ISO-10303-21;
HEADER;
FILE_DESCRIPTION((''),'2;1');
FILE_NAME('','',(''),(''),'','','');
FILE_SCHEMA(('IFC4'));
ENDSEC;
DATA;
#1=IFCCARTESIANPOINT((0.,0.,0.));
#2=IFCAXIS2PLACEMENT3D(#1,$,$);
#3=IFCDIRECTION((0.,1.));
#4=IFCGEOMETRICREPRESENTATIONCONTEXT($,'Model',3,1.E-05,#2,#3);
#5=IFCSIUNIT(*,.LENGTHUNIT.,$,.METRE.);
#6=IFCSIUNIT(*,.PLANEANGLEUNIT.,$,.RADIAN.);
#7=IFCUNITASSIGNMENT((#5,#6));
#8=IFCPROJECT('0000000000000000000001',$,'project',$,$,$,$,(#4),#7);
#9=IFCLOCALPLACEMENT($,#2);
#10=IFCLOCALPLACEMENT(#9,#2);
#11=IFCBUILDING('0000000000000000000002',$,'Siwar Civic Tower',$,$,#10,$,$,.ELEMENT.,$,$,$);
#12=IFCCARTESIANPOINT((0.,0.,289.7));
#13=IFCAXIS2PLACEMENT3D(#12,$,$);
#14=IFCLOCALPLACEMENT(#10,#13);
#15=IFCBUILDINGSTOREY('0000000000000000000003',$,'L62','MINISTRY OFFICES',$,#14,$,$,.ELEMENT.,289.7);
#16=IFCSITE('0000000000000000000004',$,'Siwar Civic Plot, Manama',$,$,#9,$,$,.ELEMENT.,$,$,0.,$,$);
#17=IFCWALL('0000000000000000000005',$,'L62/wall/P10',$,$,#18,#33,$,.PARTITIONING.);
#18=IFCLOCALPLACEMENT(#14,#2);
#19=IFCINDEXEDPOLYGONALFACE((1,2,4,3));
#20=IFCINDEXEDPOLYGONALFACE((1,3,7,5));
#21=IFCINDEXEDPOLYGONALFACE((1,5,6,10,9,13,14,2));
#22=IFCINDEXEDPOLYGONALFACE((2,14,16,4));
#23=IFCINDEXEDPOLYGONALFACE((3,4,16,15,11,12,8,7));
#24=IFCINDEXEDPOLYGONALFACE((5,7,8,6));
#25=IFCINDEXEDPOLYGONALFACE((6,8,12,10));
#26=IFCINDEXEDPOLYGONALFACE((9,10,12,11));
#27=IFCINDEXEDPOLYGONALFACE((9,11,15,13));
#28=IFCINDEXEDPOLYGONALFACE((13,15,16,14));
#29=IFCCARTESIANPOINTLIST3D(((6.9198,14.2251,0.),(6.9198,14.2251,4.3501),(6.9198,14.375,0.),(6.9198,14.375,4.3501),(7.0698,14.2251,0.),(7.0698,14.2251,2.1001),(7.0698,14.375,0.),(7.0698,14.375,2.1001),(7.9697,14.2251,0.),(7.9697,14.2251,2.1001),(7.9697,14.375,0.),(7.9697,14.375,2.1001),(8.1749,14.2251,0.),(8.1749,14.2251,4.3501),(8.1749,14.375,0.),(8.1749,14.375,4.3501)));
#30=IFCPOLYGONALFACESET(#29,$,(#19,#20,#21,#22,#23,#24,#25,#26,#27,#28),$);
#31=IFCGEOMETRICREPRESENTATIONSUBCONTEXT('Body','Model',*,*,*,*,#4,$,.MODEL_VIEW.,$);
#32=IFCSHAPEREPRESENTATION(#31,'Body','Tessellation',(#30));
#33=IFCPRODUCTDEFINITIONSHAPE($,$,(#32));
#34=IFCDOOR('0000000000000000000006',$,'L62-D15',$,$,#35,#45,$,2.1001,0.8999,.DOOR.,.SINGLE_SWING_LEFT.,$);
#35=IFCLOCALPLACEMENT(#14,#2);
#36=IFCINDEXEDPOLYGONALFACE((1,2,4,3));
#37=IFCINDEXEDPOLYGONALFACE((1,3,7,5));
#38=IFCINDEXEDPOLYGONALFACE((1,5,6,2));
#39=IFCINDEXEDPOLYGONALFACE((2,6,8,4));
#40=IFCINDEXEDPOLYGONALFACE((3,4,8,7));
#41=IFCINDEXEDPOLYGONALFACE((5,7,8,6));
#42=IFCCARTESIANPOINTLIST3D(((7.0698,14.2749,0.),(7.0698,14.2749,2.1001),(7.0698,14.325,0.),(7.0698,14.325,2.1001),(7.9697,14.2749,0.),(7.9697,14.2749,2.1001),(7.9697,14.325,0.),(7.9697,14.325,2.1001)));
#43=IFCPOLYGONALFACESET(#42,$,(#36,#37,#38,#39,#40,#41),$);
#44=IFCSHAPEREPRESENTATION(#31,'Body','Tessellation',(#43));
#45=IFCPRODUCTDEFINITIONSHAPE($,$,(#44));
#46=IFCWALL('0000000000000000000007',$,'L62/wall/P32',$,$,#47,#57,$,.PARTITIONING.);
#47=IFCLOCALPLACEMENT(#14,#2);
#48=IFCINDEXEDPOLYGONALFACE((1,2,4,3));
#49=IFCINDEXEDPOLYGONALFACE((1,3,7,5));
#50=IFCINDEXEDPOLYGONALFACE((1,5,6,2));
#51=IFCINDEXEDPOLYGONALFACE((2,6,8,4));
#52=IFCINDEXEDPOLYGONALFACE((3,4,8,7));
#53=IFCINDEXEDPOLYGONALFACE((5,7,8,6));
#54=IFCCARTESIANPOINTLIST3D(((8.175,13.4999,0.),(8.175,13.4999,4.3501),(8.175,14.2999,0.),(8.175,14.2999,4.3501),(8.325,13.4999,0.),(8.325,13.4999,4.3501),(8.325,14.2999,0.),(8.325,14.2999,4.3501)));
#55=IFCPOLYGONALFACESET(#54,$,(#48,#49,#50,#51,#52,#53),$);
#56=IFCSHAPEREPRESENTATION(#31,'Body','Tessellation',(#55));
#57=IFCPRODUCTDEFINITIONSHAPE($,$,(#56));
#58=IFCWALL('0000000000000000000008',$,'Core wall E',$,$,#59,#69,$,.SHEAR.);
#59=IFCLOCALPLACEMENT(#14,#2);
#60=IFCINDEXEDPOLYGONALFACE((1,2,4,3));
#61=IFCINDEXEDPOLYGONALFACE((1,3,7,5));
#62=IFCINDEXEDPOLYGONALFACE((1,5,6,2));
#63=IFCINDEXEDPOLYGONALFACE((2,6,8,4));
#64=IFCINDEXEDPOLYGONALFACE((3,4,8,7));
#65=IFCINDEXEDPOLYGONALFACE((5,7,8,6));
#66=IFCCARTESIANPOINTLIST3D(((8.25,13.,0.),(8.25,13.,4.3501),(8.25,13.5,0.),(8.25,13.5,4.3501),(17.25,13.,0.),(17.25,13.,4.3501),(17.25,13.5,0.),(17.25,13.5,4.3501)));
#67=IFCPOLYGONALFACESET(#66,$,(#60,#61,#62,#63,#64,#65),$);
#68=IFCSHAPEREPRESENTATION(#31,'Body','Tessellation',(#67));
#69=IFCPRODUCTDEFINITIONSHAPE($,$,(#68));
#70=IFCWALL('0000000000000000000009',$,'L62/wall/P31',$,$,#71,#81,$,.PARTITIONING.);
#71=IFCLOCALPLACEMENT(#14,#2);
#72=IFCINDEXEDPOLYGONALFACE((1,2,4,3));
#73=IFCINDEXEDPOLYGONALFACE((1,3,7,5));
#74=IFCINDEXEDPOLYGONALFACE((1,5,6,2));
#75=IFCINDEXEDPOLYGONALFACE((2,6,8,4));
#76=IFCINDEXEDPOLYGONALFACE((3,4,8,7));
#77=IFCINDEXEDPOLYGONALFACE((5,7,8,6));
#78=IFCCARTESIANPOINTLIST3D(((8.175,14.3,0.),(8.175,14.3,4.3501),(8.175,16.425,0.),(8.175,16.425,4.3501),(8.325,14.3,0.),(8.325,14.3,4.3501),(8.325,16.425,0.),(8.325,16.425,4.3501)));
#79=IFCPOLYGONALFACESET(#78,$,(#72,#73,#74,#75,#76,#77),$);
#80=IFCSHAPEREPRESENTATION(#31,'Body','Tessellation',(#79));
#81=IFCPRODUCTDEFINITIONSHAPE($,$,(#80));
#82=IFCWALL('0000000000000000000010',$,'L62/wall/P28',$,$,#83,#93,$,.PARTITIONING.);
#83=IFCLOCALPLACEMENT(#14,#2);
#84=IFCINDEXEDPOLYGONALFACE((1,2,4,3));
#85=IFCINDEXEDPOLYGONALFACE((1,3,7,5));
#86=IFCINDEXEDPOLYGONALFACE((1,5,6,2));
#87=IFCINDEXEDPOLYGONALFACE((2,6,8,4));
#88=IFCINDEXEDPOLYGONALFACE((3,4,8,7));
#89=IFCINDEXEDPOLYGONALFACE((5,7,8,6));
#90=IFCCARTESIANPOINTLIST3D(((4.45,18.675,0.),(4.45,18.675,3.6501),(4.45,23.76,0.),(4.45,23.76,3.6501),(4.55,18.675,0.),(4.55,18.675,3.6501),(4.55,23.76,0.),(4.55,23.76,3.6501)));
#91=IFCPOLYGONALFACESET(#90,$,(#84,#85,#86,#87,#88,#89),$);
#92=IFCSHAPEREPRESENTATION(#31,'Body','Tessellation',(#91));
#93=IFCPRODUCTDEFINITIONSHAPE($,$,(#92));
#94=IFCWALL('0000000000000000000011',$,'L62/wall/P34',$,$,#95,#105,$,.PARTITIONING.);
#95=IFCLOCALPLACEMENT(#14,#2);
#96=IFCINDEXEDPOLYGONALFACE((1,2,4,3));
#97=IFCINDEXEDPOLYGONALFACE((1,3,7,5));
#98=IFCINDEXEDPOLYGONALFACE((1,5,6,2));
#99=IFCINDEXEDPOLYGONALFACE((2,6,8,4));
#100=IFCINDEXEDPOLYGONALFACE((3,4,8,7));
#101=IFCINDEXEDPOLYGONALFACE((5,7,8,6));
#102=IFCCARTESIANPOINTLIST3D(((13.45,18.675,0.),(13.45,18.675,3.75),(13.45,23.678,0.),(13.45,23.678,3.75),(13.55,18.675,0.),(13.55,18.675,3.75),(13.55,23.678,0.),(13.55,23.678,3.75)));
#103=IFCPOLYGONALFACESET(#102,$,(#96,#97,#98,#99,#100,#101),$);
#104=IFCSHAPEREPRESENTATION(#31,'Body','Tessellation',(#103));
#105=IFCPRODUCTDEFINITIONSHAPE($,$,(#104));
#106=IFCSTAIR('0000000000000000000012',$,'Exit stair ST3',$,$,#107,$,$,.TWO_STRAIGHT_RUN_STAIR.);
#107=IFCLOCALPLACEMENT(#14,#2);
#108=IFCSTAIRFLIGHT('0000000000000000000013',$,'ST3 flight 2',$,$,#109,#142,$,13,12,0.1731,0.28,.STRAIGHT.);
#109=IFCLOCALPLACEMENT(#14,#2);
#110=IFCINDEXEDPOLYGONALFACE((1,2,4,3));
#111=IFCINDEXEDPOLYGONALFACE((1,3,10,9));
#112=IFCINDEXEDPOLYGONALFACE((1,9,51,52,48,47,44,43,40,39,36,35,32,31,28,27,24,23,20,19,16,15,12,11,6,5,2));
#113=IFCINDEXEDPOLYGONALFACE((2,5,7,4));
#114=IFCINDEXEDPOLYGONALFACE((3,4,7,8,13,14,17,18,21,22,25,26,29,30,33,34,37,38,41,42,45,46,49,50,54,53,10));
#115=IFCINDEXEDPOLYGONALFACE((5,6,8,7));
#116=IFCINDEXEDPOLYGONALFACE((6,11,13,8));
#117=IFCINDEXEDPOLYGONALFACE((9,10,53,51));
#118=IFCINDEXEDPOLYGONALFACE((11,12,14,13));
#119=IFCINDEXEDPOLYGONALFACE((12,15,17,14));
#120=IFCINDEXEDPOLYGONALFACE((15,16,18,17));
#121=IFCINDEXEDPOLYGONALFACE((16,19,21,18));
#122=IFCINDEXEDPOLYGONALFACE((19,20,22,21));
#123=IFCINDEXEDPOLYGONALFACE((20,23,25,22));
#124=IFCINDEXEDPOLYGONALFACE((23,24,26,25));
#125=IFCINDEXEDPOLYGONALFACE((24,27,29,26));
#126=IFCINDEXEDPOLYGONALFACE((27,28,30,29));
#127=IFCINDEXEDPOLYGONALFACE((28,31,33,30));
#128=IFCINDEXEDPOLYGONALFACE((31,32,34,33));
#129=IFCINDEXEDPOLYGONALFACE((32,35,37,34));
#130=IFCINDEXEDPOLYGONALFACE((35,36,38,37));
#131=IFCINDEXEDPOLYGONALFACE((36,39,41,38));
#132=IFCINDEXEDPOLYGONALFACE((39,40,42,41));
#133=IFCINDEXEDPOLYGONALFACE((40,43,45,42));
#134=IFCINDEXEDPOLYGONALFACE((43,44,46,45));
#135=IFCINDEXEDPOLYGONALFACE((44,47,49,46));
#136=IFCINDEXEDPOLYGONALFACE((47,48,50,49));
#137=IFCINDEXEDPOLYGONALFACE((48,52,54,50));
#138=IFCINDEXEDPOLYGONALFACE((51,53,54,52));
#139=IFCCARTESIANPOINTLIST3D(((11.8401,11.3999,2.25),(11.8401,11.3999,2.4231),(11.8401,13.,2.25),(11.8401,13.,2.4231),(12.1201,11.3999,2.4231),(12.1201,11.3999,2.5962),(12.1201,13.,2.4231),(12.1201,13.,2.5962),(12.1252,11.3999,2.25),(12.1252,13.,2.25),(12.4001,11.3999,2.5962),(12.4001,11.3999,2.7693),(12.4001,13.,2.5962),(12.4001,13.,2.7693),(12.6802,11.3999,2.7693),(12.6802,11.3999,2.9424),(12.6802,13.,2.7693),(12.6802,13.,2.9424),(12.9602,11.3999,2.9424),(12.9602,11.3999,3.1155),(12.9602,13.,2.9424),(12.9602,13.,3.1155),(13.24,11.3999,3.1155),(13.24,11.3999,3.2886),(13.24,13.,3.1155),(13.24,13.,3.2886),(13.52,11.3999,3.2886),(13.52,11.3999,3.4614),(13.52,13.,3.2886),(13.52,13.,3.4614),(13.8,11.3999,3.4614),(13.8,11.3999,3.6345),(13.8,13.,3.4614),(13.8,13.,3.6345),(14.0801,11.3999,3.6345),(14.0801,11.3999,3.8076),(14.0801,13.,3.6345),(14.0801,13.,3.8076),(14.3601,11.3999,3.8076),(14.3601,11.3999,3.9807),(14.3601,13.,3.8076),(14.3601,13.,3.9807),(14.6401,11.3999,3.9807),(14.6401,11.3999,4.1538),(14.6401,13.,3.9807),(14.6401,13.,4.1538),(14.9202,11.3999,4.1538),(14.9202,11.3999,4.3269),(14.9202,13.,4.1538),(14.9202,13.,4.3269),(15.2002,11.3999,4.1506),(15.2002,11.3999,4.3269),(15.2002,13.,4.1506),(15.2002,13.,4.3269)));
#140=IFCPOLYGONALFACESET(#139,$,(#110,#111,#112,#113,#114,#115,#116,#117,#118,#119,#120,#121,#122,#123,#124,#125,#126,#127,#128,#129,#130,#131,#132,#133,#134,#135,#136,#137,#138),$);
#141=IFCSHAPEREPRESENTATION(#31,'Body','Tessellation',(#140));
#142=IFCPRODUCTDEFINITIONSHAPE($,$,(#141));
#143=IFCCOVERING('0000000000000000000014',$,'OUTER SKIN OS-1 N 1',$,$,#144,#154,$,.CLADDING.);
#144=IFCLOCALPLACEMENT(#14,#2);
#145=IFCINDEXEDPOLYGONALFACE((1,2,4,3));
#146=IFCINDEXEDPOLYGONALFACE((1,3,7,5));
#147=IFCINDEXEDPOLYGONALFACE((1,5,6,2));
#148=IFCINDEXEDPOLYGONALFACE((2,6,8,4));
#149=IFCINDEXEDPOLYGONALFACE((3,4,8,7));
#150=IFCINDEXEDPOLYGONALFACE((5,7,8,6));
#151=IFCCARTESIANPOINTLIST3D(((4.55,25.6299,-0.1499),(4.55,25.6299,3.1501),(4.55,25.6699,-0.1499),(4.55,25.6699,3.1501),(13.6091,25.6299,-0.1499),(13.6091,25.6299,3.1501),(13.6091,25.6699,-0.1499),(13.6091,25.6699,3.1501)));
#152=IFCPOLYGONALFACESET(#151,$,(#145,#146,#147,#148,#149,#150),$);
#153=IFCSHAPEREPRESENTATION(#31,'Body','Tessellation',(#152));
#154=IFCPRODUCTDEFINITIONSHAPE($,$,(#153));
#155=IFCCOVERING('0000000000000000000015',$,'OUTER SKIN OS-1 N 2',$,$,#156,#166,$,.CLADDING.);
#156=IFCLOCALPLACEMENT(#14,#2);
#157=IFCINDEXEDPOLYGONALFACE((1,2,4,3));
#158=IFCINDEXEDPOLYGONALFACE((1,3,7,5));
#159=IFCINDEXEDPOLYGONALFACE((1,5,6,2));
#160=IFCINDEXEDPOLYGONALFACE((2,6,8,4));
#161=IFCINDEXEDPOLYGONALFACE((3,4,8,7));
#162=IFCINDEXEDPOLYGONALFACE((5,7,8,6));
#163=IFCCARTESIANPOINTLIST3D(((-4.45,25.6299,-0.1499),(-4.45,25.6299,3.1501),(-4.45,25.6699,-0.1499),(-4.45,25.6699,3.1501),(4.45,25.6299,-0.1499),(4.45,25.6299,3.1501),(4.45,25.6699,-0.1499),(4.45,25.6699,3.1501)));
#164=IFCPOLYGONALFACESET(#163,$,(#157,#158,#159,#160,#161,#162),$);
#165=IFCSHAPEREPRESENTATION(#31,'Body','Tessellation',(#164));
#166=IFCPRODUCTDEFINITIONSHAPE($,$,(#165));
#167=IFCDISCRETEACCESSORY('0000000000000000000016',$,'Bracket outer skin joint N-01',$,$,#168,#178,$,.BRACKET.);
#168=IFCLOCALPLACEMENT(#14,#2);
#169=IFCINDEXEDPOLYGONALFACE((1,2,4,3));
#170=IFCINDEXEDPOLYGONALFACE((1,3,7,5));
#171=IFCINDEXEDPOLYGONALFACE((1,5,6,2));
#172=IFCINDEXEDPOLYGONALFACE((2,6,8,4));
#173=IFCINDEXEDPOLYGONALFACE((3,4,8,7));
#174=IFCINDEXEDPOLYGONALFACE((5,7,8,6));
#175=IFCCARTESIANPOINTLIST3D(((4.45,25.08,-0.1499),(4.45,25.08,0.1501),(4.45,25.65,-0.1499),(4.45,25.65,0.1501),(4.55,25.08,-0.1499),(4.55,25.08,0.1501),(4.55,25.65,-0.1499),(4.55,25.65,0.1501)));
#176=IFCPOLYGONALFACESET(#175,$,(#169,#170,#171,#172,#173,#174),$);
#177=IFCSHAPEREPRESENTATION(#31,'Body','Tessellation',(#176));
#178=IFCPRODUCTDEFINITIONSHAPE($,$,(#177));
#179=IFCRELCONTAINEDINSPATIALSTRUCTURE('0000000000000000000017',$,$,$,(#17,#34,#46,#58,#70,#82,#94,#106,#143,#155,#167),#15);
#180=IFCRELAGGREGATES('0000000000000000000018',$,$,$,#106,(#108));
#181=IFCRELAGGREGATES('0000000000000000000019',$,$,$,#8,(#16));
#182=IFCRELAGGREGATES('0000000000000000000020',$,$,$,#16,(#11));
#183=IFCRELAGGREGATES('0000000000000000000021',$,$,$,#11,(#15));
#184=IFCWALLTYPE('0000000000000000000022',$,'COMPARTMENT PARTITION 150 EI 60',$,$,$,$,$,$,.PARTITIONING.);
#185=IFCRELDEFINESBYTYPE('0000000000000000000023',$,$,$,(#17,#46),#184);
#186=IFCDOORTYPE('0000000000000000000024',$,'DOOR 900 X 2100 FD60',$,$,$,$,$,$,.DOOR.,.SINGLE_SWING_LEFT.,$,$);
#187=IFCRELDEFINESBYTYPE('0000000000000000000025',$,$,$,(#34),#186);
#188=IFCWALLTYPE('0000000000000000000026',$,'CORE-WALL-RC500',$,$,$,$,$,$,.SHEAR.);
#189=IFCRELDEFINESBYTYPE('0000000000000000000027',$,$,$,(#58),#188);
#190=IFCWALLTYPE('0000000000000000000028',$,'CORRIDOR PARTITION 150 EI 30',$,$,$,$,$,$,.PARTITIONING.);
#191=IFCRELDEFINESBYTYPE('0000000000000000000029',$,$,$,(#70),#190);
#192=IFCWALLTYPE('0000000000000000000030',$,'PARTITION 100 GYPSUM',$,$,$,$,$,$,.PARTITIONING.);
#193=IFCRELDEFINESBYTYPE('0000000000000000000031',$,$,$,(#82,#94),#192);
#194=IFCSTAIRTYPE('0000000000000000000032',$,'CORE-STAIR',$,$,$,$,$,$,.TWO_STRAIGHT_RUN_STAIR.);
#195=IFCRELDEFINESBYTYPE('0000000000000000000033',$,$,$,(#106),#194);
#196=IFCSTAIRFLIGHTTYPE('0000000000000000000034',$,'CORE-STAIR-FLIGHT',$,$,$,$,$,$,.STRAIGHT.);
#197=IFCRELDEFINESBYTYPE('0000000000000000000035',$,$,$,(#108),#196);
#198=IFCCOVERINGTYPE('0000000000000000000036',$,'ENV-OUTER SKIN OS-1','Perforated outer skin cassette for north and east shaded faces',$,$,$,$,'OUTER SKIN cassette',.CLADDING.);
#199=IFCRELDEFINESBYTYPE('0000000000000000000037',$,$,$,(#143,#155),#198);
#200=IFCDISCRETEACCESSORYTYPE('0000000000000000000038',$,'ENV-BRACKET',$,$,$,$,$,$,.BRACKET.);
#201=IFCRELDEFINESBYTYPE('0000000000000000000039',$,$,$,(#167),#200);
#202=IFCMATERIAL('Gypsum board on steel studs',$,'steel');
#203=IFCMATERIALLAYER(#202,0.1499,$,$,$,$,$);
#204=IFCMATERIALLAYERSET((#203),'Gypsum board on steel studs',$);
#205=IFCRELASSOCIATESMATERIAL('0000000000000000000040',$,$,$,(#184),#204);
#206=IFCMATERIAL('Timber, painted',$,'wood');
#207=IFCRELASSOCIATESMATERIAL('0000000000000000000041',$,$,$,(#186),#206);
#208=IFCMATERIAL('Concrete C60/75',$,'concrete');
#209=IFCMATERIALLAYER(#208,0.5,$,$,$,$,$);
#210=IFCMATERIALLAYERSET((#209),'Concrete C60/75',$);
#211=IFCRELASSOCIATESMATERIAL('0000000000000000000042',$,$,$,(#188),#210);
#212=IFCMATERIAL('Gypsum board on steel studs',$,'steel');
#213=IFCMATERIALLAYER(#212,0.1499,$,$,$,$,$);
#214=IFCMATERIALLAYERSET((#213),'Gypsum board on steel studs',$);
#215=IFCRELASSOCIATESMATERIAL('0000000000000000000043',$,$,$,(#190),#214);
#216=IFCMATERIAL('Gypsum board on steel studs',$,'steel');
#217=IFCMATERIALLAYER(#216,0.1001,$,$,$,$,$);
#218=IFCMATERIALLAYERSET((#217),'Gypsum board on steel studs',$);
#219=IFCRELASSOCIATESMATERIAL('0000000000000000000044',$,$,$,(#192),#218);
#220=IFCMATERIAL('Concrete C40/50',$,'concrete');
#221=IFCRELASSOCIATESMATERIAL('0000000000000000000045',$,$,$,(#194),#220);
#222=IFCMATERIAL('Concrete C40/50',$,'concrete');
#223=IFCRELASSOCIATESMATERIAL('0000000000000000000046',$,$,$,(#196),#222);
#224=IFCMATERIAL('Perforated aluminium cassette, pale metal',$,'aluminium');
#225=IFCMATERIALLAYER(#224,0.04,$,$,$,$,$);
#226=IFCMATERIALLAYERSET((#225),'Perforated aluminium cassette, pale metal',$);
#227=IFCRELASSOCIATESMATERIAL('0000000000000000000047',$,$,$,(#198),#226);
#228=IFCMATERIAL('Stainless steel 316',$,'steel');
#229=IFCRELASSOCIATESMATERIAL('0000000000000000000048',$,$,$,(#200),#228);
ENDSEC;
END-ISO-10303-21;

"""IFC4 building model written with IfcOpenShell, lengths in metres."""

from ifc_helpers import new_model, si_unit, direction, frame, frame_2d, origin, origin_2d, place, context, subcontext, project, spatial, polyline, rectangle, outline, extrude, material, layer, layer_set, type_object, element, fill, aggregate, save


model = new_model("IFC4")

# Units and contexts
model_context = context("Model", 3, precision=1e-05, world=origin(), true_north=direction((0.0, 1.0)))
body_context = subcontext(model_context, "Body", "Model", "MODEL_VIEW")
ifc_project = project(units=[si_unit("LENGTHUNIT", "METRE"), si_unit("PLANEANGLEUNIT", "RADIAN")], contexts=[model_context])

# Site, building, storey
site_placement = place(None, origin())
site = spatial("IfcSite", under=ifc_project, at=site_placement, Name="Siwar Civic Plot, Manama", CompositionType="ELEMENT", RefElevation=0.0)
building_placement = place(site_placement, origin())
building = spatial("IfcBuilding", under=site, at=building_placement, Name="Siwar Civic Tower", CompositionType="ELEMENT")
storey_placement = place(building_placement, frame((0.0, 0.0, 289.7)))
storey = spatial("IfcBuildingStorey", under=building, at=storey_placement, Name="L62", Description="MINISTRY OFFICES", CompositionType="ELEMENT", Elevation=289.7)

# Wall, opening, door
ifc_material_1 = material(Name="Gypsum board on steel studs", Category="steel")
ifc_layer_1 = layer(ifc_material_1, 0.1499)
ifc_layer_set_1 = layer_set([ifc_layer_1], Name="Gypsum board on steel studs")
wall_type_1 = type_object("IfcWallType", Name="COMPARTMENT PARTITION 150 EI 60", PredefinedType="PARTITIONING", material=ifc_layer_set_1)
wall_1_placement = place(storey_placement, frame((6.9199, 14.3, 0.0), z_axis=(0.0, 0.0, 1.0), x_axis=(1.0, 0.0, 0.0)))
wall_1 = element("IfcWall", 1, at=wall_1_placement, inside=storey, type_object=wall_type_1, Name="L62/wall/P10", PredefinedType="PARTITIONING", context=body_context, shape_type="SweptSolid", body=[
    extrude(rectangle(XDim=1.2551, YDim=0.1499, at=frame_2d((0.6274, 0.0))), origin(), (0.0, 0.0, 1.0), 4.3501),
])
opening_placement = place(wall_1_placement, frame((0.1499, 0.0, 0.0)))
opening = element("IfcOpeningElement", 2, at=opening_placement, cuts=wall_1, PredefinedType="OPENING", context=body_context, shape_type="SweptSolid", body=[
    extrude(rectangle(XDim=0.8999, YDim=2.1001, at=frame_2d((0.45, 1.05))), frame((0.0, 0.085, 0.0), z_axis=(0.0, -1.0, 0.0), x_axis=(1.0, 0.0, 0.0)), (0.0, 0.0, 1.0), 0.1699),
])
ifc_material_2 = material(Name="Timber, painted", Category="wood")
door_type = type_object("IfcDoorType", Name="DOOR 900 X 2100 FD60", OperationType="SINGLE_SWING_LEFT", PredefinedType="DOOR", material=ifc_material_2)
door_placement = place(opening_placement, origin())
door = element("IfcDoor", 3, at=door_placement, inside=storey, type_object=door_type, Name="L62-D15", OperationType="SINGLE_SWING_LEFT", OverallHeight=2.1001, OverallWidth=0.8999, PredefinedType="DOOR", context=body_context, shape_type="SweptSolid", body=[
    extrude(rectangle(XDim=0.8999, YDim=2.1001, at=frame_2d((0.45, 1.05))), frame((0.0, 0.0249, 0.0), z_axis=(0.0, -1.0, 0.0), x_axis=(1.0, 0.0, 0.0)), (0.0, 0.0, 1.0), 0.05),
])
fill(opening, door)

# Walls
wall_2_placement = place(storey_placement, frame((8.25, 13.5, 0.0), z_axis=(0.0, 0.0, 1.0), x_axis=(0.0, 1.0, 0.0)))
element("IfcWall", 4, at=wall_2_placement, inside=storey, type_object=wall_type_1, Name="L62/wall/P32", PredefinedType="PARTITIONING", context=body_context, shape_type="SweptSolid", body=[
    extrude(rectangle(XDim=0.8, YDim=0.1499, at=frame_2d((0.3999, 0.0))), origin(), (0.0, 0.0, 1.0), 4.3501),
])
ifc_material_3 = material(Name="Concrete C60/75", Category="concrete")
ifc_layer_2 = layer(ifc_material_3, 0.5)
ifc_layer_set_2 = layer_set([ifc_layer_2], Name="Concrete C60/75")
wall_type_2 = type_object("IfcWallType", Name="CORE-WALL-RC500", PredefinedType="SHEAR", material=ifc_layer_set_2)
wall_3_placement = place(storey_placement, frame((8.25, 13.25, 0.0), z_axis=(0.0, 0.0, 1.0), x_axis=(1.0, 0.0, 0.0)))
element("IfcWall", 5, at=wall_3_placement, inside=storey, type_object=wall_type_2, Name="Core wall E", PredefinedType="SHEAR", context=body_context, shape_type="SweptSolid", body=[
    extrude(rectangle(XDim=9.0, YDim=0.5, at=frame_2d((4.5, 0.0))), origin(), (0.0, 0.0, 1.0), 4.3501),
])
ifc_material_4 = material(Name="Gypsum board on steel studs", Category="steel")
ifc_layer_3 = layer(ifc_material_4, 0.1499)
ifc_layer_set_3 = layer_set([ifc_layer_3], Name="Gypsum board on steel studs")
wall_type_3 = type_object("IfcWallType", Name="CORRIDOR PARTITION 150 EI 30", PredefinedType="PARTITIONING", material=ifc_layer_set_3)
wall_4_placement = place(storey_placement, frame((8.25, 14.3, 0.0), z_axis=(0.0, 0.0, 1.0), x_axis=(0.0, 1.0, 0.0)))
element("IfcWall", 6, at=wall_4_placement, inside=storey, type_object=wall_type_3, Name="L62/wall/P31", PredefinedType="PARTITIONING", context=body_context, shape_type="SweptSolid", body=[
    extrude(rectangle(XDim=2.125, YDim=0.1499, at=frame_2d((1.0625, 0.0))), origin(), (0.0, 0.0, 1.0), 4.3501),
])
ifc_material_5 = material(Name="Gypsum board on steel studs", Category="steel")
ifc_layer_4 = layer(ifc_material_5, 0.1001)
ifc_layer_set_4 = layer_set([ifc_layer_4], Name="Gypsum board on steel studs")
wall_type_4 = type_object("IfcWallType", Name="PARTITION 100 GYPSUM", PredefinedType="PARTITIONING", material=ifc_layer_set_4)
wall_5_placement = place(storey_placement, frame((4.5, 18.675, 0.0), z_axis=(0.0, 0.0, 1.0), x_axis=(0.0, 1.0, 0.0)))
element("IfcWall", 7, at=wall_5_placement, inside=storey, type_object=wall_type_4, Name="L62/wall/P28", PredefinedType="PARTITIONING", context=body_context, shape_type="SweptSolid", body=[
    extrude(rectangle(XDim=5.085, YDim=0.1001, at=frame_2d((2.5425, 0.0))), origin(), (0.0, 0.0, 1.0), 3.6501),
])
wall_6_placement = place(storey_placement, frame((13.5, 18.675, 0.0), z_axis=(0.0, 0.0, 1.0), x_axis=(0.0, 1.0, 0.0)))
element("IfcWall", 8, at=wall_6_placement, inside=storey, type_object=wall_type_4, Name="L62/wall/P34", PredefinedType="PARTITIONING", context=body_context, shape_type="SweptSolid", body=[
    extrude(rectangle(XDim=5.0029, YDim=0.1001, at=frame_2d((2.5015, 0.0))), origin(), (0.0, 0.0, 1.0), 3.75),
])

# Stair, stair flight
ifc_material_6 = material(Name="Concrete C40/50", Category="concrete")
stair_type = type_object("IfcStairType", Name="CORE-STAIR", PredefinedType="TWO_STRAIGHT_RUN_STAIR", material=ifc_material_6)
stair_placement = place(storey_placement, origin())
stair = element("IfcStair", 9, at=stair_placement, inside=storey, type_object=stair_type, Name="Exit stair ST3", PredefinedType="TWO_STRAIGHT_RUN_STAIR")
ifc_material_7 = material(Name="Concrete C40/50", Category="concrete")
stair_flight_type = type_object("IfcStairFlightType", Name="CORE-STAIR-FLIGHT", PredefinedType="STRAIGHT", material=ifc_material_7)
stair_flight_placement = place(storey_placement, frame((11.8401, 12.2, 2.25), z_axis=(0.0, 0.0, 1.0), x_axis=(1.0, 0.0, 0.0)))
stair_flight = element("IfcStairFlight", 10, at=stair_flight_placement, type_object=stair_flight_type, Name="ST3 flight 2", NumberOfRisers=13, NumberOfTreads=12, PredefinedType="STRAIGHT", RiserHeight=0.1731, TreadLength=0.28, context=body_context, shape_type="SweptSolid", body=[
    extrude(outline(polyline([(0.0, 0.0), (0.0, 0.1731), (0.28, 0.1731), (0.28, 0.3462), (0.5601, 0.3462), (0.5601, 0.5193), (0.8401, 0.5193), (0.8401, 0.6924), (1.1201, 0.6924), (1.1201, 0.8655), (1.3999, 0.8655), (1.3999, 1.0386), (1.6799, 1.0386), (1.6799, 1.2114), (1.96, 1.2114), (1.96, 1.3845), (2.24, 1.3845), (2.24, 1.5576), (2.52, 1.5576), (2.52, 1.7307), (2.8, 1.7307), (2.8, 1.9038), (3.0801, 1.9038), (3.0801, 2.0769), (3.3601, 2.0769), (3.3601, 2.25), (3.3601, 1.9006), (0.2852, 0.0), (0.0, 0.0)])), frame((0.0, 0.8, 0.0), z_axis=(0.0, -1.0, 0.0), x_axis=(1.0, 0.0, 0.0)), (0.0, 0.0, 1.0), 1.6001),
])
aggregate(stair, [stair_flight])

# Coverings
ifc_material_8 = material(Name="Perforated aluminium cassette, pale metal", Category="aluminium")
ifc_layer_5 = layer(ifc_material_8, 0.04)
ifc_layer_set_5 = layer_set([ifc_layer_5], Name="Perforated aluminium cassette, pale metal")
covering_type = type_object("IfcCoveringType", Name="ENV-OUTER SKIN OS-1", Description="Perforated outer skin cassette for north and east shaded faces", ElementType="OUTER SKIN cassette", PredefinedType="CLADDING", material=ifc_layer_set_5)
covering_1_placement = place(storey_placement, frame((9.0796, 25.6499, -0.1499), z_axis=(0.0, 0.0, 1.0), x_axis=(-1.0, 0.0, 0.0)))
element("IfcCovering", 11, at=covering_1_placement, inside=storey, type_object=covering_type, Name="OUTER SKIN OS-1 N 1", PredefinedType="CLADDING", context=body_context, shape_type="SweptSolid", body=[
    extrude(rectangle(XDim=9.0591, YDim=0.04, at=origin_2d()), origin(), (0.0, 0.0, 1.0), 3.3),
])
covering_2_placement = place(storey_placement, frame((0.0, 25.6499, -0.1499), z_axis=(0.0, 0.0, 1.0), x_axis=(-1.0, 0.0, 0.0)))
element("IfcCovering", 12, at=covering_2_placement, inside=storey, type_object=covering_type, Name="OUTER SKIN OS-1 N 2", PredefinedType="CLADDING", context=body_context, shape_type="SweptSolid", body=[
    extrude(rectangle(XDim=8.8999, YDim=0.04, at=origin_2d()), origin(), (0.0, 0.0, 1.0), 3.3),
])

# Discrete accessory
ifc_material_9 = material(Name="Stainless steel 316", Category="steel")
discrete_accessory_type = type_object("IfcDiscreteAccessoryType", Name="ENV-BRACKET", PredefinedType="BRACKET", material=ifc_material_9)
discrete_accessory_placement = place(storey_placement, frame((4.5, 25.365, -0.1499), z_axis=(0.0, 0.0, 1.0), x_axis=(0.0, 1.0, 0.0)))
element("IfcDiscreteAccessory", 13, at=discrete_accessory_placement, inside=storey, type_object=discrete_accessory_type, Name="Bracket outer skin joint N-01", PredefinedType="BRACKET", context=body_context, shape_type="SweptSolid", body=[
    extrude(rectangle(XDim=0.5701, YDim=0.1001, at=origin_2d()), origin(), (0.0, 0.0, 1.0), 0.3),
])

save(model, "model.ifc")
